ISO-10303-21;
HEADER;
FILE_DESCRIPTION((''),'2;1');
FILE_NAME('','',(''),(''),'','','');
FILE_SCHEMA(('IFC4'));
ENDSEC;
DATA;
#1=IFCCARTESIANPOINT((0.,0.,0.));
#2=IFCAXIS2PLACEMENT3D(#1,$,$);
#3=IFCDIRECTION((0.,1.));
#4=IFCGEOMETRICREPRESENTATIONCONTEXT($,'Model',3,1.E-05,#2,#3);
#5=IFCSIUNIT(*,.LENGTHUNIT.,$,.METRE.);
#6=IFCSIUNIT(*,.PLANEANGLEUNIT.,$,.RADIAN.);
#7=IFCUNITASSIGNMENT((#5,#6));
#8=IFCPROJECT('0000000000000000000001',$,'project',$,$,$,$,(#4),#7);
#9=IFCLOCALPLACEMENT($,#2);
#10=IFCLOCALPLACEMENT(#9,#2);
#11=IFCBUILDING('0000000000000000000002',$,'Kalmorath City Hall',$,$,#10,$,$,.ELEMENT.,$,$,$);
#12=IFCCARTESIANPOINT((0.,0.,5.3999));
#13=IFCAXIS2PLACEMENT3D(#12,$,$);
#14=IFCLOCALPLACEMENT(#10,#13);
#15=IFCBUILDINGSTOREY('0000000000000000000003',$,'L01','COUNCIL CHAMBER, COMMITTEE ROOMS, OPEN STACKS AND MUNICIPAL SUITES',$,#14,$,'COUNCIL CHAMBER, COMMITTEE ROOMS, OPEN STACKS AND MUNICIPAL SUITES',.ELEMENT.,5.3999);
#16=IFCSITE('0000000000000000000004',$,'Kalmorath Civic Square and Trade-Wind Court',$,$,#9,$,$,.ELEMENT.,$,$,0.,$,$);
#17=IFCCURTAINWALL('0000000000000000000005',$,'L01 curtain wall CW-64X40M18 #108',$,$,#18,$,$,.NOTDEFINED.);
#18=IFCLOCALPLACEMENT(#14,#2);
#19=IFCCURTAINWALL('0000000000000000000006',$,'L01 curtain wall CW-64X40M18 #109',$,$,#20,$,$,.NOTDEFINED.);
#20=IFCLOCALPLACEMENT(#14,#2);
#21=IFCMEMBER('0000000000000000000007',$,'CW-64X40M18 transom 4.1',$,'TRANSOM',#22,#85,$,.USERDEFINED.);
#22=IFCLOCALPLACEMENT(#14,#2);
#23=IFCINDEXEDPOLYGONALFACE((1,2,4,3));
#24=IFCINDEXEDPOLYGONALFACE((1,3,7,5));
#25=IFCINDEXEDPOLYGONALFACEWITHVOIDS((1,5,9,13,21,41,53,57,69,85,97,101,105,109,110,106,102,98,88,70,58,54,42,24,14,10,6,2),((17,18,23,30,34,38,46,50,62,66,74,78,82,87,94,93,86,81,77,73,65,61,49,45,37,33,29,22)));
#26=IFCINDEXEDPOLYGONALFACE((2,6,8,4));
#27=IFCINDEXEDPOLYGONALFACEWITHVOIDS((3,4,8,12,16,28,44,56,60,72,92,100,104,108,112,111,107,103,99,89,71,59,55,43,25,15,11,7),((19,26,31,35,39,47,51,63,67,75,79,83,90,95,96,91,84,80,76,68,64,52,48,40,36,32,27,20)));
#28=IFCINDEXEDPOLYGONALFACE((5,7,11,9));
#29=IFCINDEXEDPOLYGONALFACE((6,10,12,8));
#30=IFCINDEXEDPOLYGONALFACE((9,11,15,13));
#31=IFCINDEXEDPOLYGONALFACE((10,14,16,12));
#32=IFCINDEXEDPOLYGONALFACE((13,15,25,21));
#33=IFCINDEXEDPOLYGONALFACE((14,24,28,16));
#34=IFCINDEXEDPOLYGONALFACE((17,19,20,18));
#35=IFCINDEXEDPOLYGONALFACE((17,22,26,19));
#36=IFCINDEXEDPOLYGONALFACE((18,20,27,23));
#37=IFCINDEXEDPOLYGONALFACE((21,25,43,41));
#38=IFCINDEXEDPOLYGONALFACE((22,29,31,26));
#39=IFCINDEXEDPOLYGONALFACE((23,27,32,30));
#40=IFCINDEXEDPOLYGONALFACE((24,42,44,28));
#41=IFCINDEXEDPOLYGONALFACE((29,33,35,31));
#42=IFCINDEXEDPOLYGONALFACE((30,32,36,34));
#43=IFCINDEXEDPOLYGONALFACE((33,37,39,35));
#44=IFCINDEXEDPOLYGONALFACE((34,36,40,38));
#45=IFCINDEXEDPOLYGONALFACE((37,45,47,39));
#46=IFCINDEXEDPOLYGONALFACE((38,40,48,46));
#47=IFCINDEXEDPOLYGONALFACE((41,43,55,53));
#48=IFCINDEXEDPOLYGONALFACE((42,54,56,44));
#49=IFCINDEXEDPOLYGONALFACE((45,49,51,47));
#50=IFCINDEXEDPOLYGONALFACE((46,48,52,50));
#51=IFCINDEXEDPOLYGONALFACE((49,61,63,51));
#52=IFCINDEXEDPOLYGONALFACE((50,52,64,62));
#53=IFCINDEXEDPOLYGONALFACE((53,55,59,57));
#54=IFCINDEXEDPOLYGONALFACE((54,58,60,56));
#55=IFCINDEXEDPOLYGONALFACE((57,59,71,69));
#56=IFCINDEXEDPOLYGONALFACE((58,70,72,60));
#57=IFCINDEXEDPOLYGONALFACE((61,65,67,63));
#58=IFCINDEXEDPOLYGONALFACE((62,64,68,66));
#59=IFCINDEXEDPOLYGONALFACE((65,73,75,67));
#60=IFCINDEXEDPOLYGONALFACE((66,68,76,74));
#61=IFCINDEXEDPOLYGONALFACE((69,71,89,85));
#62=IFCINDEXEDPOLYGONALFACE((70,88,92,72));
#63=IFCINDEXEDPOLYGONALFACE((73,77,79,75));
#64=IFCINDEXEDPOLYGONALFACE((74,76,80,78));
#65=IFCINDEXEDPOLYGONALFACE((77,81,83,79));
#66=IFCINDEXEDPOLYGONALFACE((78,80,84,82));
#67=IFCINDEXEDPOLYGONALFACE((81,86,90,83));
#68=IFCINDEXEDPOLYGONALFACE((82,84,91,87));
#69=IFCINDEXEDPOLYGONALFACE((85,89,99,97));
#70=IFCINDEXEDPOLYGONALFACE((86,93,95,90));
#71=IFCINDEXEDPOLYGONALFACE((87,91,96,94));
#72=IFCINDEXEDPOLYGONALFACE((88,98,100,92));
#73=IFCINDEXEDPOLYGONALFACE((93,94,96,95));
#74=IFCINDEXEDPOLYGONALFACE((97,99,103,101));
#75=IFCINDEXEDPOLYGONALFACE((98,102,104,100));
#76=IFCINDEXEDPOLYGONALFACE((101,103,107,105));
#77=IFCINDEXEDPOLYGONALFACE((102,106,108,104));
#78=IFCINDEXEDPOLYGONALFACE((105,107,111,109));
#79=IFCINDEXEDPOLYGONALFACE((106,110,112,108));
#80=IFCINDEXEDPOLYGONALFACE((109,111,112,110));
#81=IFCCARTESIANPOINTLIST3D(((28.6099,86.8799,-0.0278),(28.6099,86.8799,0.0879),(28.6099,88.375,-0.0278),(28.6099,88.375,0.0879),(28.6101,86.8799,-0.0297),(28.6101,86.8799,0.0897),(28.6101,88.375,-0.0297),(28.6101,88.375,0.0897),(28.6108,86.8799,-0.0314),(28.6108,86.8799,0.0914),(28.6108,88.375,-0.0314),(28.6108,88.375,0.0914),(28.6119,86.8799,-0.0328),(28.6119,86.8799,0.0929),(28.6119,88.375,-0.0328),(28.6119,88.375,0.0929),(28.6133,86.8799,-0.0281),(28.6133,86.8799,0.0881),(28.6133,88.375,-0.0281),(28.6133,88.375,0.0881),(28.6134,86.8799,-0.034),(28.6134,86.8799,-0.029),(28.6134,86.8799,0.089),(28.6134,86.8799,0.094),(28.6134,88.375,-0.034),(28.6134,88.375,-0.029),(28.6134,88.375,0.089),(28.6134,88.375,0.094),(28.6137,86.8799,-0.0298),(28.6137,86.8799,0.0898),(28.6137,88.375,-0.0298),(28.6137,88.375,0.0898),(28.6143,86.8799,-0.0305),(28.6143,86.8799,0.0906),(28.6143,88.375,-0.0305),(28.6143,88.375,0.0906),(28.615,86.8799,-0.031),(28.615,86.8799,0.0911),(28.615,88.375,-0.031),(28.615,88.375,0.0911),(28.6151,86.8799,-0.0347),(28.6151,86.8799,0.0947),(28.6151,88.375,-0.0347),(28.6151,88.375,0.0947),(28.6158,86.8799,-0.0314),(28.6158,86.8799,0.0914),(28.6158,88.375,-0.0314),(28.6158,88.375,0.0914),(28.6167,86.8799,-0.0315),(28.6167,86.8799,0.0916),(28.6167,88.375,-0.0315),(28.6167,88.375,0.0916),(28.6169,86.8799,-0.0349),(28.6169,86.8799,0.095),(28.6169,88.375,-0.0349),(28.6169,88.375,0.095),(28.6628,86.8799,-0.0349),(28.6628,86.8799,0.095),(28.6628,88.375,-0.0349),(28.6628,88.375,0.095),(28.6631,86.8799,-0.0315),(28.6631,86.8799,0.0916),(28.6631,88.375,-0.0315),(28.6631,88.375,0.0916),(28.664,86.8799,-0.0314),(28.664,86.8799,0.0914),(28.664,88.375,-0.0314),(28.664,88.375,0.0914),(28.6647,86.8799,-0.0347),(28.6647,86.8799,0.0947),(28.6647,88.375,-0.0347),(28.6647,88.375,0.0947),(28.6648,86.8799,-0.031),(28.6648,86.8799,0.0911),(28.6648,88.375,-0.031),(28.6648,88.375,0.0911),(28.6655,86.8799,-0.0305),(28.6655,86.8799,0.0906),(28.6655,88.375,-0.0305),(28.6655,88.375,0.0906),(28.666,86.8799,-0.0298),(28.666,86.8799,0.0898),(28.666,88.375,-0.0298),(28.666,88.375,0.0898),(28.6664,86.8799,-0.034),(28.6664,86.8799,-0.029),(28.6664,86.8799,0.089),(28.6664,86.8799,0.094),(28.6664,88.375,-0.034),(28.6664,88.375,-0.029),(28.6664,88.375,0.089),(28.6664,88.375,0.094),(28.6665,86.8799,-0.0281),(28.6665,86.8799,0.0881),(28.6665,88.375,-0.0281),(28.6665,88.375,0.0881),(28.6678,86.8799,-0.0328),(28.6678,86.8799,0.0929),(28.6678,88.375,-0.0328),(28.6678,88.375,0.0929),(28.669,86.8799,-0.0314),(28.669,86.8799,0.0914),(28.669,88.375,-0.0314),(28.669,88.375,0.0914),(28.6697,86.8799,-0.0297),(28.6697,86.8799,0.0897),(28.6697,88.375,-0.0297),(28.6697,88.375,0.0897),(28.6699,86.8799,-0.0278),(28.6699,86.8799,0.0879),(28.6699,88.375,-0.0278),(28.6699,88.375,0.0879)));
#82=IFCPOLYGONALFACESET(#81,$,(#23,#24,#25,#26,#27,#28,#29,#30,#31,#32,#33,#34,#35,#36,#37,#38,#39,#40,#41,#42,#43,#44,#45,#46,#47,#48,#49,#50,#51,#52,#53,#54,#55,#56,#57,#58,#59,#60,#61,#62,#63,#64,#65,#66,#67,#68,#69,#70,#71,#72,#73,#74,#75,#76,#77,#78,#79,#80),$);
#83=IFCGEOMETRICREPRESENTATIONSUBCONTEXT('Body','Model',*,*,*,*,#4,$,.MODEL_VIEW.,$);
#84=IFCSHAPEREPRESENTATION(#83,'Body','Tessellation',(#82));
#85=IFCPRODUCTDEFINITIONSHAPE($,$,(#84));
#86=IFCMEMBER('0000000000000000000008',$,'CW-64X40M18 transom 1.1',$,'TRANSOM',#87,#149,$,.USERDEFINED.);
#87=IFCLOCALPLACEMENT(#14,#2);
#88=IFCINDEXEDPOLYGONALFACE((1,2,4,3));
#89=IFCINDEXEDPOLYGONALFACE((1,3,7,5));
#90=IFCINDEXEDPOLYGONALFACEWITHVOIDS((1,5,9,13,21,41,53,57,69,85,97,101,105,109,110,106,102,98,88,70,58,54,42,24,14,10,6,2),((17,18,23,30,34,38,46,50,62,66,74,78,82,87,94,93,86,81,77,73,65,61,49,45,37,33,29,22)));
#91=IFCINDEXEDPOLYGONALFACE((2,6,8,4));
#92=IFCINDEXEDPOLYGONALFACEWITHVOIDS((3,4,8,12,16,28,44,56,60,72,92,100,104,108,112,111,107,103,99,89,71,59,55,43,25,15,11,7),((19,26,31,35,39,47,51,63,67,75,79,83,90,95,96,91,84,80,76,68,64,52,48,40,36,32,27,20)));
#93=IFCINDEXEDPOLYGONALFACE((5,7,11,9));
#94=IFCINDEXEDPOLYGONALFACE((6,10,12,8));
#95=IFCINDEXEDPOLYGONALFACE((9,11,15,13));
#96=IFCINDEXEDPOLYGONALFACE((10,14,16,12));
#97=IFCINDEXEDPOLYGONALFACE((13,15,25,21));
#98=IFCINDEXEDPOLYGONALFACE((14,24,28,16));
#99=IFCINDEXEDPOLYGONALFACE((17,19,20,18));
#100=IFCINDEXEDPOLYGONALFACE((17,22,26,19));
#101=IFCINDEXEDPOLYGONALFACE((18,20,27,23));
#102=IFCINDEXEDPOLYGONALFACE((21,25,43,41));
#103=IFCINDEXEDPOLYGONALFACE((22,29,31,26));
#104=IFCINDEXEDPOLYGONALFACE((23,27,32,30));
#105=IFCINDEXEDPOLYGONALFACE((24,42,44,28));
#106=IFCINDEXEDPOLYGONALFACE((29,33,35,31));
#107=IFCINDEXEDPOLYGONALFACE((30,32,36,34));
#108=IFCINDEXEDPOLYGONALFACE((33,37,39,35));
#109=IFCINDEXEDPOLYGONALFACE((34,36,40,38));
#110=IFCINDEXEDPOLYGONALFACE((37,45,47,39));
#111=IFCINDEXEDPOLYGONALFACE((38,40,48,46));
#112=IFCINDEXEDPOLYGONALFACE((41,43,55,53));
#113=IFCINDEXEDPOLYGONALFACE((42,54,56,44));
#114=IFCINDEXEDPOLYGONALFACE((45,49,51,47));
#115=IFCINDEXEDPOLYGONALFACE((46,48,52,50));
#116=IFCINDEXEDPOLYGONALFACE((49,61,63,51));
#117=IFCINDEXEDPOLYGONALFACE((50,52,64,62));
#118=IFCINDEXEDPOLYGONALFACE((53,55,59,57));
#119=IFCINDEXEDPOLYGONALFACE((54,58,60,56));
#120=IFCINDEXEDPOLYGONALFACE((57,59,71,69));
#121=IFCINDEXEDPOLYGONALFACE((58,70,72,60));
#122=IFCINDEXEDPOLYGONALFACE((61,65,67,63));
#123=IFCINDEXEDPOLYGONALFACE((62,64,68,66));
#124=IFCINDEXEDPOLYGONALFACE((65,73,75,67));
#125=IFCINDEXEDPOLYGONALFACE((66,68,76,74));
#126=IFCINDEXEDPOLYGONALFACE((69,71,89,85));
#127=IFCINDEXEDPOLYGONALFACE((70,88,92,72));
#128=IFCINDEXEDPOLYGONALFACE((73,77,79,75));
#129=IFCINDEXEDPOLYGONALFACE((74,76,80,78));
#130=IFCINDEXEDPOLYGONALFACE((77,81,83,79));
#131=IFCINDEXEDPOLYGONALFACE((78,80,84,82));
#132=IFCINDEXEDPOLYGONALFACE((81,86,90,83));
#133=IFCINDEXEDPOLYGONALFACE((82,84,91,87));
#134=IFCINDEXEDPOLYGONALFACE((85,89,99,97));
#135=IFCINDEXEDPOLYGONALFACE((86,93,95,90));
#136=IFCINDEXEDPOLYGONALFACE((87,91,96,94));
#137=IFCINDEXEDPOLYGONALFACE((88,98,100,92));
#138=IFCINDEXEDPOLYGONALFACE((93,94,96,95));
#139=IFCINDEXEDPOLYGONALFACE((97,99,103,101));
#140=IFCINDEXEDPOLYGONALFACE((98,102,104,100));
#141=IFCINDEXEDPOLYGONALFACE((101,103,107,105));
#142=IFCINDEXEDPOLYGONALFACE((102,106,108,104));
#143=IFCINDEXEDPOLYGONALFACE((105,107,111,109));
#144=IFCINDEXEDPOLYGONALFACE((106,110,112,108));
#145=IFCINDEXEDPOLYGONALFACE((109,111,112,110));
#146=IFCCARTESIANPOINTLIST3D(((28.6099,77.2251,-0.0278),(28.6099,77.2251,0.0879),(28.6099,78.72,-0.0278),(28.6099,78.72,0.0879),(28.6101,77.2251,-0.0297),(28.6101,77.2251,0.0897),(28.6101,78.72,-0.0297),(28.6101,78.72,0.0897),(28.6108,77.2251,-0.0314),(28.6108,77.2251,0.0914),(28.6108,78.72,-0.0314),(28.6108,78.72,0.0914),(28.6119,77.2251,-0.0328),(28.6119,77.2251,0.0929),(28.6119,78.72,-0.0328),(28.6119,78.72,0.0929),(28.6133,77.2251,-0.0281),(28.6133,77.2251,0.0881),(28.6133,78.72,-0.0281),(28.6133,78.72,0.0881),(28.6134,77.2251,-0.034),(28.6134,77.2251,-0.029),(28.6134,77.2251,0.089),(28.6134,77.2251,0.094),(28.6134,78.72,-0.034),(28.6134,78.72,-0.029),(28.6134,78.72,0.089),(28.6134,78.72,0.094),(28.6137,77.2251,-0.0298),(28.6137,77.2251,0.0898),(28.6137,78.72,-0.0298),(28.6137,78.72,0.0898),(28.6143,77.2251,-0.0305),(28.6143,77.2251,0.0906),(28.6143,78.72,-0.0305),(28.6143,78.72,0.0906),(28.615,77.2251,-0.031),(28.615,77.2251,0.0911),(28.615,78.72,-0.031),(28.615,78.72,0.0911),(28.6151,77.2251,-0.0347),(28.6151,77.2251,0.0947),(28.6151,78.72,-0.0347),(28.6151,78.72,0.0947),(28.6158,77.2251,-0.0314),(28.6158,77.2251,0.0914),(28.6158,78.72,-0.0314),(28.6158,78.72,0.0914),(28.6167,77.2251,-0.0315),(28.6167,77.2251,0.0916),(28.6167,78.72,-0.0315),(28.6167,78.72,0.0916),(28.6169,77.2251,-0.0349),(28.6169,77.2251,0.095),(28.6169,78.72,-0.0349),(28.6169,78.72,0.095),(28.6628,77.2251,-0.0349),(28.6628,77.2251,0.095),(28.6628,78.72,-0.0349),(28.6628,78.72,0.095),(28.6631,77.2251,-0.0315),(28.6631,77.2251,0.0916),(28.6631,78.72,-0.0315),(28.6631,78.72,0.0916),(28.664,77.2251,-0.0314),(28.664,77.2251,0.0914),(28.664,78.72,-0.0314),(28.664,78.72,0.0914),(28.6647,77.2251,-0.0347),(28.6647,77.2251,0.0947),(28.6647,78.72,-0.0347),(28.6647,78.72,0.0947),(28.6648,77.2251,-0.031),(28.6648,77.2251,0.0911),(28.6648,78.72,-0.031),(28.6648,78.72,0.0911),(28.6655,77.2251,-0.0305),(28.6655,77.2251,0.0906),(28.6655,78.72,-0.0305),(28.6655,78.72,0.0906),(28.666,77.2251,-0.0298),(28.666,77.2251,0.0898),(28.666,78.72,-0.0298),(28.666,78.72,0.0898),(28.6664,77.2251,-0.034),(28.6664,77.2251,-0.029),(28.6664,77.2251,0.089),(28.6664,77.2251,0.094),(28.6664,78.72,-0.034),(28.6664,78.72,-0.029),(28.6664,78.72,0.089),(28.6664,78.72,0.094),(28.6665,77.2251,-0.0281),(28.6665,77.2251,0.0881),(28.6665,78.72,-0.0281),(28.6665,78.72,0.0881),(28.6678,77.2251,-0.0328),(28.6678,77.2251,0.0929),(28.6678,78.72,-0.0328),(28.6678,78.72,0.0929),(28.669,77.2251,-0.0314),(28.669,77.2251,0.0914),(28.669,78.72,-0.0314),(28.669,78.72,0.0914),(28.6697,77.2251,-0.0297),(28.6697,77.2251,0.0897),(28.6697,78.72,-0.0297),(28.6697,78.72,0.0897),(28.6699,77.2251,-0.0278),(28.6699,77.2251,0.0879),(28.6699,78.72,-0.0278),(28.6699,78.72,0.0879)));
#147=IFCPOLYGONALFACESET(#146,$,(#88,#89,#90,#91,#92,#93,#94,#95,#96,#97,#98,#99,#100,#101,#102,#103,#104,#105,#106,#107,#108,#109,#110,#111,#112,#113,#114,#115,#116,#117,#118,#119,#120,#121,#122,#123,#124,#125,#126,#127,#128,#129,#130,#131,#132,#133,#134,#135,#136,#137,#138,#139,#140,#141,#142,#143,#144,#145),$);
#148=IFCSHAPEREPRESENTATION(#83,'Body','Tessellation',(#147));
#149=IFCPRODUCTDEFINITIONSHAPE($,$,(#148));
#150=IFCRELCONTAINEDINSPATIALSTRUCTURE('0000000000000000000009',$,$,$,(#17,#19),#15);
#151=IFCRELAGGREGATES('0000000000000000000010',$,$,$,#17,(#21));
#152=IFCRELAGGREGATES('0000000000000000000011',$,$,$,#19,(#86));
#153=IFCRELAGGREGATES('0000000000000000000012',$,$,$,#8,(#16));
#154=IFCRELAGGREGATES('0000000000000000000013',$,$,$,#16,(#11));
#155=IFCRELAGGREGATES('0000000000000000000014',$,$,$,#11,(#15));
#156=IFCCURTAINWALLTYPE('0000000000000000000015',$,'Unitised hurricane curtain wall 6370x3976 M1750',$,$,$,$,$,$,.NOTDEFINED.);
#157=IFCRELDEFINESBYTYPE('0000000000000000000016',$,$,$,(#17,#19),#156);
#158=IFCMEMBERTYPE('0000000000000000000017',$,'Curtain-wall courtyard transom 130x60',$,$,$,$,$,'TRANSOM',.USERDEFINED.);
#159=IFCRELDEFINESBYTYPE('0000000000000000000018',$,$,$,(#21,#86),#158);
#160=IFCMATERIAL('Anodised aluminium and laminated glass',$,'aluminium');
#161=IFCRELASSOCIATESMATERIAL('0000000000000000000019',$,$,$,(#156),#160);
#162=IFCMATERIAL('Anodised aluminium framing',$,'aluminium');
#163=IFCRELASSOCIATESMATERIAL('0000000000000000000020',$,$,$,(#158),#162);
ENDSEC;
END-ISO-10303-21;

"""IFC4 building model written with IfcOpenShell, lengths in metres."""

from ifc_helpers import new_model, si_unit, direction, frame, origin, origin_2d, place, context, subcontext, project, spatial, hollow_rectangle, extrude, material, material_profile, profile_set, type_object, element, aggregate, save


model = new_model("IFC4")

# Units and contexts
model_context = context("Model", 3, precision=1e-05, world=origin(), true_north=direction((0.0, 1.0)))
body_context = subcontext(model_context, "Body", "Model", "MODEL_VIEW")
ifc_project = project(units=[si_unit("LENGTHUNIT", "METRE"), si_unit("PLANEANGLEUNIT", "RADIAN")], contexts=[model_context])

# Site, building, storey
site_placement = place(None, origin())
site = spatial("IfcSite", under=ifc_project, at=site_placement, Name="Kalmorath Civic Square and Trade-Wind Court", CompositionType="ELEMENT", RefElevation=0.0)
building_placement = place(site_placement, origin())
building = spatial("IfcBuilding", under=site, at=building_placement, Name="Kalmorath City Hall", CompositionType="ELEMENT")
storey_placement = place(building_placement, frame((0.0, 0.0, 5.3999)))
storey = spatial("IfcBuildingStorey", under=building, at=storey_placement, Name="L01", Description="COUNCIL CHAMBER, COMMITTEE ROOMS, OPEN STACKS AND MUNICIPAL SUITES", LongName="COUNCIL CHAMBER, COMMITTEE ROOMS, OPEN STACKS AND MUNICIPAL SUITES", CompositionType="ELEMENT", Elevation=5.3999)

# Curtain wall
ifc_material_1 = material(Name="Anodised aluminium and laminated glass", Category="aluminium")
curtain_wall_type = type_object("IfcCurtainWallType", Name="Unitised hurricane curtain wall 6370x3976 M1750", PredefinedType="NOTDEFINED", material=ifc_material_1)
curtain_wall_1_placement = place(storey_placement, origin())
curtain_wall_1 = element("IfcCurtainWall", 1, at=curtain_wall_1_placement, inside=storey, type_object=curtain_wall_type, Name="L01 curtain wall CW-64X40M18 #108", PredefinedType="NOTDEFINED")

# Curtain wall
curtain_wall_2_placement = place(storey_placement, origin())
curtain_wall_2 = element("IfcCurtainWall", 2, at=curtain_wall_2_placement, inside=storey, type_object=curtain_wall_type, Name="L01 curtain wall CW-64X40M18 #109", PredefinedType="NOTDEFINED")

# Members
ifc_material_2 = material(Name="Anodised aluminium framing", Category="aluminium")
ifc_material_profile_1 = material_profile(ifc_material_2, hollow_rectangle(XDim=0.0601, YDim=0.1299, WallThickness=0.0034, InnerFilletRadius=0.0034, OuterFilletRadius=0.0071, at=origin_2d()), Name="ALU-TRN-130X60X3.5")
ifc_profile_set_1 = profile_set([ifc_material_profile_1], Name="Anodised aluminium framing")
member_type_1 = type_object("IfcMemberType", Name="Curtain-wall courtyard transom 130x60", ElementType="TRANSOM", PredefinedType="USERDEFINED", material=ifc_profile_set_1)
member_1_placement = place(storey_placement, frame((28.6399, 88.375, 0.03), z_axis=(0.0, -1.0, 0.0), x_axis=(1.0, 0.0, 0.0)))
member_1 = element("IfcMember", 3, at=member_1_placement, type_object=member_type_1, Name="CW-64X40M18 transom 4.1", ObjectType="TRANSOM", PredefinedType="USERDEFINED", context=body_context, shape_type="SweptSolid", body=[
    extrude(hollow_rectangle(XDim=0.0601, YDim=0.1299, WallThickness=0.0034, InnerFilletRadius=0.0034, OuterFilletRadius=0.0071, at=origin_2d()), origin(), (0.0, 0.0, 1.0), 1.4951),
])
member_2_placement = place(storey_placement, frame((28.6399, 78.72, 0.03), z_axis=(0.0, -1.0, 0.0), x_axis=(1.0, 0.0, 0.0)))
member_2 = element("IfcMember", 4, at=member_2_placement, type_object=member_type_1, Name="CW-64X40M18 transom 1.1", ObjectType="TRANSOM", PredefinedType="USERDEFINED", context=body_context, shape_type="SweptSolid", body=[
    extrude(hollow_rectangle(XDim=0.0601, YDim=0.1299, WallThickness=0.0034, InnerFilletRadius=0.0034, OuterFilletRadius=0.0071, at=origin_2d()), origin(), (0.0, 0.0, 1.0), 1.4949),
])

aggregate(curtain_wall_1, [member_1])
aggregate(curtain_wall_2, [member_2])

save(model, "model.ifc")
